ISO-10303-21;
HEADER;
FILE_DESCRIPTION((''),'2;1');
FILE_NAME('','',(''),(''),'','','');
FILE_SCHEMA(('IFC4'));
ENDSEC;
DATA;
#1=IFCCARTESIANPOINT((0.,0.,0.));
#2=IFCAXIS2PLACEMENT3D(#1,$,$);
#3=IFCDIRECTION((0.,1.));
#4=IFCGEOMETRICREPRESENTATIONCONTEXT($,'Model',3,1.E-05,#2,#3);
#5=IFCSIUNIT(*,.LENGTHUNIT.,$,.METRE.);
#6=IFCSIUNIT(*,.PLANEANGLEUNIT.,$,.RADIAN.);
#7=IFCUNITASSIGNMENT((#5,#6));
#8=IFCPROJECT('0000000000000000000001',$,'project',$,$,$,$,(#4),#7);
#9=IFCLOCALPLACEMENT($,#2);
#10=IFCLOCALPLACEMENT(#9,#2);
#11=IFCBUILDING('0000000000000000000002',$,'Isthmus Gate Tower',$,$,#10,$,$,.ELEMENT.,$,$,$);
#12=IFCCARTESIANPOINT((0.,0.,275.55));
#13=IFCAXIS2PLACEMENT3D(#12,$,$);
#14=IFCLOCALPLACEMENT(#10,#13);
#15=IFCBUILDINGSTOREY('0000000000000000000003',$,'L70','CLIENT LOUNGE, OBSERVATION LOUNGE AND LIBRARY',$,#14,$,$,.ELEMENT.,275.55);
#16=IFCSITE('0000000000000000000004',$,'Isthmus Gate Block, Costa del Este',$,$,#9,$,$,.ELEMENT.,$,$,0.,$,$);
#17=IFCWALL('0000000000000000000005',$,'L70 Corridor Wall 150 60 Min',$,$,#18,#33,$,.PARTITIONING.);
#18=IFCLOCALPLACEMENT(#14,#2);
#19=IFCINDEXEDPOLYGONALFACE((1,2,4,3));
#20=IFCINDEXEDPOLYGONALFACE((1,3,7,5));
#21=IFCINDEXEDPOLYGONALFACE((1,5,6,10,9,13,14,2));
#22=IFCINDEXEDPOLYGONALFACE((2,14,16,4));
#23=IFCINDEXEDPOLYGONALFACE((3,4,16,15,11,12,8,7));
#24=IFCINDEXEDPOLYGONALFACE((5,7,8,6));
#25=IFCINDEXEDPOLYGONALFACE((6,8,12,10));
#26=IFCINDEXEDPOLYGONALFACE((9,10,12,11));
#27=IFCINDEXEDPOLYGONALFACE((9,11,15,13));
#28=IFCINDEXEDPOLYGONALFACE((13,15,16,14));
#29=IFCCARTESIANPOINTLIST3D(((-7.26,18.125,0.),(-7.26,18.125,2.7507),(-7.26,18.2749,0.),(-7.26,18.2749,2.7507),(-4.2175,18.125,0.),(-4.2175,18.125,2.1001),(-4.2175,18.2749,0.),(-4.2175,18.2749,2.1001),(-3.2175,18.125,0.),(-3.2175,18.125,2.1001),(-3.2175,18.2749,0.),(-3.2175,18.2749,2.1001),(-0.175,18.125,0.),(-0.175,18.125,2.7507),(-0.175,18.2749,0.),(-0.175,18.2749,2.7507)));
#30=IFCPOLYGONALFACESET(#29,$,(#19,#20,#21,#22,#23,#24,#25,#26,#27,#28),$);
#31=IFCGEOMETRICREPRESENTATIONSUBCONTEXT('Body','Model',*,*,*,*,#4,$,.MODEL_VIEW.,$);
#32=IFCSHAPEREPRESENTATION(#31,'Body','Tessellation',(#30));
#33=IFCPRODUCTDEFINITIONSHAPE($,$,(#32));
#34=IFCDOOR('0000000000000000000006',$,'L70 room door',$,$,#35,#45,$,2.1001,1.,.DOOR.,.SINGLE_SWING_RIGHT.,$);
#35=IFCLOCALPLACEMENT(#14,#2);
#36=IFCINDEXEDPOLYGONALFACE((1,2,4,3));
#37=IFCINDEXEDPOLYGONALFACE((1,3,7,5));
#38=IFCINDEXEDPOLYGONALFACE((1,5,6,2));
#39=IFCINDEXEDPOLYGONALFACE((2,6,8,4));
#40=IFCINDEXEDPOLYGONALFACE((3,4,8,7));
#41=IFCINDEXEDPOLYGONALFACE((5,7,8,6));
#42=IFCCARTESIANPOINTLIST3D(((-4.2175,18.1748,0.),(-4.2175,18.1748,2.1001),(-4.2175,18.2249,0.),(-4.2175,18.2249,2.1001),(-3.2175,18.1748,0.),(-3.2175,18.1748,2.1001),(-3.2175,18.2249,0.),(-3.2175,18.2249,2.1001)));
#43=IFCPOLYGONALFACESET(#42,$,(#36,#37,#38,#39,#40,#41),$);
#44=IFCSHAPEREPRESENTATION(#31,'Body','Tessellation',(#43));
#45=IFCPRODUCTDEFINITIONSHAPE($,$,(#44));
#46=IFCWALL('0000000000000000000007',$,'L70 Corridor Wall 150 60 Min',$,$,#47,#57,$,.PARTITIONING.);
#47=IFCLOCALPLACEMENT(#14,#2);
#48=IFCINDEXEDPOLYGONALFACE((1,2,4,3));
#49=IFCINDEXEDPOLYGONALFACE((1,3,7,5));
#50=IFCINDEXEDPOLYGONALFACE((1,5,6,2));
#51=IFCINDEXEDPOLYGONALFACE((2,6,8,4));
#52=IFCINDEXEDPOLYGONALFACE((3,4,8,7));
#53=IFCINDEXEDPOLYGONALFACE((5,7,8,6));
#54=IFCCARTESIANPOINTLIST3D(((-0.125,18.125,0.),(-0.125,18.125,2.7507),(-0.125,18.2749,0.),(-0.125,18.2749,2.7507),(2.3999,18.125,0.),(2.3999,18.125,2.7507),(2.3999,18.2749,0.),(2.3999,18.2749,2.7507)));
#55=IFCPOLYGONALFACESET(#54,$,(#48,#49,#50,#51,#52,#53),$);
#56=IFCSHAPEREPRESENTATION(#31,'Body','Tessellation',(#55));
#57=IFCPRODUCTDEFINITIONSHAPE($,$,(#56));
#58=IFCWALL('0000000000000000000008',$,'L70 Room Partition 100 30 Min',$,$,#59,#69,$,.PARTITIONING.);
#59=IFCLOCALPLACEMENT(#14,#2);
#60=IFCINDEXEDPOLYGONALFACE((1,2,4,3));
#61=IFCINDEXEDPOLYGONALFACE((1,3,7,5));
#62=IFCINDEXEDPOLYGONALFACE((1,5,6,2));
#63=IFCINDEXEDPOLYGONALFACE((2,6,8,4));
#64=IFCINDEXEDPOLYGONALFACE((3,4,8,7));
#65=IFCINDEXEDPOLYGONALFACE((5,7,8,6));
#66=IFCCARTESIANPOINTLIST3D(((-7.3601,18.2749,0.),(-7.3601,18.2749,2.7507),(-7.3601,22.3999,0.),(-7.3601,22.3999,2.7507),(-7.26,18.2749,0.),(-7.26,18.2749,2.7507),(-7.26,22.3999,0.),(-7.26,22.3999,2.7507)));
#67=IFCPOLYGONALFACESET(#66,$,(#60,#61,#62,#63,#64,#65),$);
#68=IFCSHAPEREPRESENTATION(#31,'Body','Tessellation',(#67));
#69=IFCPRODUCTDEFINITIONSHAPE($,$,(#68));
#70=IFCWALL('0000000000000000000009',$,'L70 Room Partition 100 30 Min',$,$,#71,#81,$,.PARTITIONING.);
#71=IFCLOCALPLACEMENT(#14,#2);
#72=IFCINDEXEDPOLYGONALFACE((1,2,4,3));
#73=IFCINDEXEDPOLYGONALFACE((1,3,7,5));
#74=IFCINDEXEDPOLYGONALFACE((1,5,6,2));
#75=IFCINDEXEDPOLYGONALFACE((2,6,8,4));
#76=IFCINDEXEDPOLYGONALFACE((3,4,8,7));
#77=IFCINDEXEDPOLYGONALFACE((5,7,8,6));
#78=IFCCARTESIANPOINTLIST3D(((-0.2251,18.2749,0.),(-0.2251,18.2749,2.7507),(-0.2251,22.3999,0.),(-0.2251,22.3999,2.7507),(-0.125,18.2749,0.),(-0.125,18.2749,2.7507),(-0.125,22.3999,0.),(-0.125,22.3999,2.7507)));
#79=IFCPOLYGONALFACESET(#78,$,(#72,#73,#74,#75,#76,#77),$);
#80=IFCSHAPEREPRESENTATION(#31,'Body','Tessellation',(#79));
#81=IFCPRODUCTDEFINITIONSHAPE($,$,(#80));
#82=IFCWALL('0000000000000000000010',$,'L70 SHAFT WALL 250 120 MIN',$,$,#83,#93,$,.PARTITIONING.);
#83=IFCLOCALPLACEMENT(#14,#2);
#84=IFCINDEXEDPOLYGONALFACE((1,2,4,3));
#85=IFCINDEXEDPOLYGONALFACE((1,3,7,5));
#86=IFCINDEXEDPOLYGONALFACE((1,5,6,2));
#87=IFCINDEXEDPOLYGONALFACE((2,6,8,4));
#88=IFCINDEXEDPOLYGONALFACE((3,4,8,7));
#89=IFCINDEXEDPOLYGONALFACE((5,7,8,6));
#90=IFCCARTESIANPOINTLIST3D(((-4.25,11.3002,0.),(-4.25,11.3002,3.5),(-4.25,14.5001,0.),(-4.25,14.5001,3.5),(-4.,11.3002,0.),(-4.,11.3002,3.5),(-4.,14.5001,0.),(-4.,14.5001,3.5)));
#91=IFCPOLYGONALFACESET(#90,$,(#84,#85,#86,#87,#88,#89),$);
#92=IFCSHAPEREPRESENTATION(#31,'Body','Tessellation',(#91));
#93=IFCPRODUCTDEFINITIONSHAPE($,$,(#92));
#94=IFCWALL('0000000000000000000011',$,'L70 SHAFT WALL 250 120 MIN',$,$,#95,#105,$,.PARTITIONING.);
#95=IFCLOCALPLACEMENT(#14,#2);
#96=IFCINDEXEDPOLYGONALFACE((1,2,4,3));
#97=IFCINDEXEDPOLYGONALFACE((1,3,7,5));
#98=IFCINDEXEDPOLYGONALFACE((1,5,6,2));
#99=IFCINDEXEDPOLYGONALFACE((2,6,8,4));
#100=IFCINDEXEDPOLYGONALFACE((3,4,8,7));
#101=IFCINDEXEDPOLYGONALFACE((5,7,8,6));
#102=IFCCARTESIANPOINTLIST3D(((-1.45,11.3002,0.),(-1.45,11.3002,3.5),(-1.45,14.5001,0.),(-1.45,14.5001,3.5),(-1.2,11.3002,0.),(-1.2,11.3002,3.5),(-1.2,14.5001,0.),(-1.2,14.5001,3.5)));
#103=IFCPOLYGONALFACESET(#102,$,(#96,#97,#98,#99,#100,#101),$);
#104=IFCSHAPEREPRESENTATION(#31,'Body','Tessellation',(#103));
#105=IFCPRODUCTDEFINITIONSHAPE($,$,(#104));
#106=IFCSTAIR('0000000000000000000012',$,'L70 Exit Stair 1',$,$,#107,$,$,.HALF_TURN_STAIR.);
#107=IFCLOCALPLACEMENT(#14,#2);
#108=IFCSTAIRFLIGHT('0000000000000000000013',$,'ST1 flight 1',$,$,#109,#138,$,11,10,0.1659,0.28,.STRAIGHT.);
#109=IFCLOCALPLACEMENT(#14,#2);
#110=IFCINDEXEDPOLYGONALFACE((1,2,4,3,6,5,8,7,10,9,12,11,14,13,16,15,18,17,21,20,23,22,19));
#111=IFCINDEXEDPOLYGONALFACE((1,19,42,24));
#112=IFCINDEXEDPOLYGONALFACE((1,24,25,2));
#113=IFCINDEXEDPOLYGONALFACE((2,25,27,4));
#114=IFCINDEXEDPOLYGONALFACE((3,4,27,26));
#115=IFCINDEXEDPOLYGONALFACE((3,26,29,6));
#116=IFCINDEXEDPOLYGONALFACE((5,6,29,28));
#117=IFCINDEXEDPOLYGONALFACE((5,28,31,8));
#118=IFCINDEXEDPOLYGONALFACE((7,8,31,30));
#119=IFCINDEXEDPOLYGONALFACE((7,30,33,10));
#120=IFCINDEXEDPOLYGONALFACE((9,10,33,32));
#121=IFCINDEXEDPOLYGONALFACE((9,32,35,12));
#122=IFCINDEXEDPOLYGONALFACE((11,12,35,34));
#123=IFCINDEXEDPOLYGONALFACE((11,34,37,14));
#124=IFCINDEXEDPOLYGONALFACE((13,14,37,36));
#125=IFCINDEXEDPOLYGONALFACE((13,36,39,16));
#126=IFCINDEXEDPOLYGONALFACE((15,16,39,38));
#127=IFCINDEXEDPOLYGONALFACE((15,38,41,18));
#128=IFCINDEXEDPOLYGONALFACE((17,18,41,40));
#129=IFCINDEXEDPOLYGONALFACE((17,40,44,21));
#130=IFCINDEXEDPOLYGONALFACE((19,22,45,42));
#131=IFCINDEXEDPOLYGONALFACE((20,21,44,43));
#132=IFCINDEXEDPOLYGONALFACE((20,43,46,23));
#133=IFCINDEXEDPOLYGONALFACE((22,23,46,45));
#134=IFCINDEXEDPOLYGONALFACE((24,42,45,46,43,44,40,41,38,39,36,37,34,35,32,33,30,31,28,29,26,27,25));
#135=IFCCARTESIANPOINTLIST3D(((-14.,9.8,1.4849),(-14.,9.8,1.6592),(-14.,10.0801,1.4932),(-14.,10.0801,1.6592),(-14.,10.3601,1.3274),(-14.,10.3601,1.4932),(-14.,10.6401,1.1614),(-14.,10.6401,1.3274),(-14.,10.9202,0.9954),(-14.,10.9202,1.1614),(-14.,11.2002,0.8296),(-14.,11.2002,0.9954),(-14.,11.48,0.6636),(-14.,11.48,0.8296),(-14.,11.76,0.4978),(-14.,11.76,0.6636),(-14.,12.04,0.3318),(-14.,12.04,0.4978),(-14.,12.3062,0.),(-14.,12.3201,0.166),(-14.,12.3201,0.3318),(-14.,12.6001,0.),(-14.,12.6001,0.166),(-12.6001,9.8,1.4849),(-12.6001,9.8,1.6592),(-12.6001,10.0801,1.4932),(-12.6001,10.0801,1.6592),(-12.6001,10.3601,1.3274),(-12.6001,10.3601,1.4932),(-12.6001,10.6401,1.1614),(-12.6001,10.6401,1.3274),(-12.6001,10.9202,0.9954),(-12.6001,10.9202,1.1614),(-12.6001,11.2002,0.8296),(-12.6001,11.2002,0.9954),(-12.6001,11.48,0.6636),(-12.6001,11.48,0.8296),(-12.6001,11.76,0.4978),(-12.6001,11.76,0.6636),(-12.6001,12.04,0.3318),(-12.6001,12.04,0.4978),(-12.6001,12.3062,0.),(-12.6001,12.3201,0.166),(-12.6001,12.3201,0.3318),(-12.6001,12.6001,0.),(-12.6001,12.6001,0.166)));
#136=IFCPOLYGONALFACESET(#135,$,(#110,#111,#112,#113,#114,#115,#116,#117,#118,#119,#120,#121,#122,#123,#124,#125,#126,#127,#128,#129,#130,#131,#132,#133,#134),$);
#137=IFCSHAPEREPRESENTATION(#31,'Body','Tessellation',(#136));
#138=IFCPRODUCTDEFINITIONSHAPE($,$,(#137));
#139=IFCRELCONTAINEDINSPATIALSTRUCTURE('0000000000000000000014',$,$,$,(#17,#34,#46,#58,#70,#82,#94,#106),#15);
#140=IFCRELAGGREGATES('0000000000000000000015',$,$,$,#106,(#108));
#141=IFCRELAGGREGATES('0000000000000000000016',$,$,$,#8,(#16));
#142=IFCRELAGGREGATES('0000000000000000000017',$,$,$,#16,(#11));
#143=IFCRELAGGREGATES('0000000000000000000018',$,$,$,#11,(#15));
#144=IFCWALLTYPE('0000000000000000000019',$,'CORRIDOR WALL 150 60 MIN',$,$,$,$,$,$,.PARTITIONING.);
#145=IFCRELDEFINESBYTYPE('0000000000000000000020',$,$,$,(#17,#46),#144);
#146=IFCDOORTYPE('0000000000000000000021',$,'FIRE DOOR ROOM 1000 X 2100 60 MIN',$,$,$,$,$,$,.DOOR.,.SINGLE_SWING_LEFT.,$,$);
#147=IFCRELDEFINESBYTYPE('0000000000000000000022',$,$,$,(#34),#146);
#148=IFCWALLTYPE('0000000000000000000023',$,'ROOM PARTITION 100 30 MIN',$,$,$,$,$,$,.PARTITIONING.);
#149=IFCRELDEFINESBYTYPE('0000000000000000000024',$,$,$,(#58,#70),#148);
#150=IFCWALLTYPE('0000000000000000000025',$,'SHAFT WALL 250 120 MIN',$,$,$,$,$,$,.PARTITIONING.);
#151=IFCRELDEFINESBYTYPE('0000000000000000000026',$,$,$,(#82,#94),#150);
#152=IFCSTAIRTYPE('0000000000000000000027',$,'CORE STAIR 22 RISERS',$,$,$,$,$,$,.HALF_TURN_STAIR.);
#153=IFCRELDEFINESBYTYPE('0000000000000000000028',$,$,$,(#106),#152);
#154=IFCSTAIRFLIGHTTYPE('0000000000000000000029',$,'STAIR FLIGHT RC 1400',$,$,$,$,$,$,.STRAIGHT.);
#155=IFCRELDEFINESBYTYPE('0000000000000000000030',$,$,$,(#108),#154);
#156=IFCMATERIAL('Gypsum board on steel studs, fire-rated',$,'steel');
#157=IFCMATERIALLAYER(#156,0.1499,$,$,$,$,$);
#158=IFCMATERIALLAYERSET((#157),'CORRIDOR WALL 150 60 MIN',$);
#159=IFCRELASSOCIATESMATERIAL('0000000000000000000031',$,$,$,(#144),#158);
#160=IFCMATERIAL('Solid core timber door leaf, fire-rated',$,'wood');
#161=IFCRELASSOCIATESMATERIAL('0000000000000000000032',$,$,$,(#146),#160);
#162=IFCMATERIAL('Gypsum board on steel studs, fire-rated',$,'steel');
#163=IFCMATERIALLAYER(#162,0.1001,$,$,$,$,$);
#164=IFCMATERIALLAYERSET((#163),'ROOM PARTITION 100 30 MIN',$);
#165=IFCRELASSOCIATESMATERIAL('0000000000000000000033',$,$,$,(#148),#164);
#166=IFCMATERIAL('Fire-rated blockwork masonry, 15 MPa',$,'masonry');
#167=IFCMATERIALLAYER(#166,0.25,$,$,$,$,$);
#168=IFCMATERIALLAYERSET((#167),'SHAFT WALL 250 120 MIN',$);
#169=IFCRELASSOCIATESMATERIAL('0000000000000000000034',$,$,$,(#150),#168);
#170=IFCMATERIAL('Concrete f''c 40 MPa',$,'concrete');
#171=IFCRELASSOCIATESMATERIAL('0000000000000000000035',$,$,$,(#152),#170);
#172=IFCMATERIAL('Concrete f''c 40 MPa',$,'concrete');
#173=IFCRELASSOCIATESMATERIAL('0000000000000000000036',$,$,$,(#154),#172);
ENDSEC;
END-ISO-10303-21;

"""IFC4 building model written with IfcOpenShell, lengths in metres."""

from ifc_helpers import new_model, si_unit, direction, frame, frame_2d, origin, place, context, subcontext, project, spatial, polyline, rectangle, outline, extrude, material, layer, layer_set, type_object, element, fill, aggregate, save


model = new_model("IFC4")

# Units and contexts
model_context = context("Model", 3, precision=1e-05, world=origin(), true_north=direction((0.0, 1.0)))
body_context = subcontext(model_context, "Body", "Model", "MODEL_VIEW")
ifc_project = project(units=[si_unit("LENGTHUNIT", "METRE"), si_unit("PLANEANGLEUNIT", "RADIAN")], contexts=[model_context])

# Site, building, storey
site_placement = place(None, origin())
site = spatial("IfcSite", under=ifc_project, at=site_placement, Name="Isthmus Gate Block, Costa del Este", CompositionType="ELEMENT", RefElevation=0.0)
building_placement = place(site_placement, origin())
building = spatial("IfcBuilding", under=site, at=building_placement, Name="Isthmus Gate Tower", CompositionType="ELEMENT")
storey_placement = place(building_placement, frame((0.0, 0.0, 275.55)))
storey = spatial("IfcBuildingStorey", under=building, at=storey_placement, Name="L70", Description="CLIENT LOUNGE, OBSERVATION LOUNGE AND LIBRARY", CompositionType="ELEMENT", Elevation=275.55)

# Wall, opening, door
ifc_material_1 = material(Name="Gypsum board on steel studs, fire-rated", Category="steel")
ifc_layer_1 = layer(ifc_material_1, 0.1499)
ifc_layer_set_1 = layer_set([ifc_layer_1], Name="CORRIDOR WALL 150 60 MIN")
wall_type_1 = type_object("IfcWallType", Name="CORRIDOR WALL 150 60 MIN", PredefinedType="PARTITIONING", material=ifc_layer_set_1)
wall_1_placement = place(storey_placement, frame((-7.26, 18.2, 0.0), z_axis=(0.0, 0.0, 1.0), x_axis=(1.0, 0.0, 0.0)))
wall_1 = element("IfcWall", 1, at=wall_1_placement, inside=storey, type_object=wall_type_1, Name="L70 Corridor Wall 150 60 Min", PredefinedType="PARTITIONING", context=body_context, shape_type="SweptSolid", body=[
    extrude(rectangle(XDim=7.085, YDim=0.1499, at=frame_2d((3.5425, 0.0))), origin(), (0.0, 0.0, 1.0), 2.7507),
])
opening_placement = place(wall_1_placement, frame((3.0425, 0.0, 0.0)))
opening = element("IfcOpeningElement", 2, at=opening_placement, cuts=wall_1, PredefinedType="OPENING", context=body_context, shape_type="SweptSolid", body=[
    extrude(rectangle(XDim=1.0, YDim=2.1001, at=frame_2d((0.5, 1.05))), frame((0.0, 0.085, 0.0), z_axis=(0.0, -1.0, 0.0), x_axis=(1.0, 0.0, 0.0)), (0.0, 0.0, 1.0), 0.1699),
])
ifc_material_2 = material(Name="Solid core timber door leaf, fire-rated", Category="wood")
door_type = type_object("IfcDoorType", Name="FIRE DOOR ROOM 1000 X 2100 60 MIN", OperationType="SINGLE_SWING_LEFT", PredefinedType="DOOR", material=ifc_material_2)
door_placement = place(opening_placement, origin())
door = element("IfcDoor", 3, at=door_placement, inside=storey, type_object=door_type, Name="L70 room door", OperationType="SINGLE_SWING_RIGHT", OverallHeight=2.1001, OverallWidth=1.0, PredefinedType="DOOR", context=body_context, shape_type="SweptSolid", body=[
    extrude(rectangle(XDim=1.0, YDim=2.1001, at=frame_2d((0.5, 1.05))), frame((0.0, 0.0249, 0.0), z_axis=(0.0, -1.0, 0.0), x_axis=(1.0, 0.0, 0.0)), (0.0, 0.0, 1.0), 0.05),
])
fill(opening, door)

# Walls
wall_2_placement = place(storey_placement, frame((-0.125, 18.2, 0.0), z_axis=(0.0, 0.0, 1.0), x_axis=(1.0, 0.0, 0.0)))
element("IfcWall", 4, at=wall_2_placement, inside=storey, type_object=wall_type_1, Name="L70 Corridor Wall 150 60 Min", PredefinedType="PARTITIONING", context=body_context, shape_type="SweptSolid", body=[
    extrude(rectangle(XDim=2.5249, YDim=0.1499, at=frame_2d((1.2625, 0.0))), origin(), (0.0, 0.0, 1.0), 2.7507),
])
ifc_material_3 = material(Name="Gypsum board on steel studs, fire-rated", Category="steel")
ifc_layer_2 = layer(ifc_material_3, 0.1001)
ifc_layer_set_2 = layer_set([ifc_layer_2], Name="ROOM PARTITION 100 30 MIN")
wall_type_2 = type_object("IfcWallType", Name="ROOM PARTITION 100 30 MIN", PredefinedType="PARTITIONING", material=ifc_layer_set_2)
for number, where, z_axis, x_axis, name in (
    (5, (-7.3101, 18.2749, 0.0), (0.0, 0.0, 1.0), (0.0, 1.0, 0.0), "L70 Room Partition 100 30 Min"),
    (6, (-0.175, 18.2749, 0.0), (0.0, 0.0, 1.0), (0.0, 1.0, 0.0), "L70 Room Partition 100 30 Min"),
):
    element("IfcWall", number, at=place(storey_placement, frame(where, z_axis=z_axis, x_axis=x_axis)), inside=storey, type_object=wall_type_2, Name=name, PredefinedType="PARTITIONING", context=body_context, shape_type="SweptSolid", body=[
        extrude(rectangle(XDim=4.125, YDim=0.1001, at=frame_2d((2.0625, 0.0))), origin(), (0.0, 0.0, 1.0), 2.7507),
    ])
ifc_material_4 = material(Name="Fire-rated blockwork masonry, 15 MPa", Category="masonry")
ifc_layer_3 = layer(ifc_material_4, 0.25)
ifc_layer_set_3 = layer_set([ifc_layer_3], Name="SHAFT WALL 250 120 MIN")
wall_type_3 = type_object("IfcWallType", Name="SHAFT WALL 250 120 MIN", PredefinedType="PARTITIONING", material=ifc_layer_set_3)
for number, where, z_axis, x_axis, name in (
    (7, (-4.125, 11.3, 0.0), (0.0, 0.0, 1.0), (0.0, 1.0, 0.0), "L70 SHAFT WALL 250 120 MIN"),
    (8, (-1.325, 11.3, 0.0), (0.0, 0.0, 1.0), (0.0, 1.0, 0.0), "L70 SHAFT WALL 250 120 MIN"),
):
    element("IfcWall", number, at=place(storey_placement, frame(where, z_axis=z_axis, x_axis=x_axis)), inside=storey, type_object=wall_type_3, Name=name, PredefinedType="PARTITIONING", context=body_context, shape_type="SweptSolid", body=[
        extrude(rectangle(XDim=3.2, YDim=0.25, at=frame_2d((1.6001, 0.0))), origin(), (0.0, 0.0, 1.0), 3.5),
    ])

# Stair, stair flight
ifc_material_5 = material(Name="Concrete f'c 40 MPa", Category="concrete")
stair_type = type_object("IfcStairType", Name="CORE STAIR 22 RISERS", PredefinedType="HALF_TURN_STAIR", material=ifc_material_5)
stair_placement = place(storey_placement, origin())
stair = element("IfcStair", 9, at=stair_placement, inside=storey, type_object=stair_type, Name="L70 Exit Stair 1", PredefinedType="HALF_TURN_STAIR")
ifc_material_6 = material(Name="Concrete f'c 40 MPa", Category="concrete")
stair_flight_type = type_object("IfcStairFlightType", Name="STAIR FLIGHT RC 1400", PredefinedType="STRAIGHT", material=ifc_material_6)
stair_flight_placement = place(storey_placement, frame((-13.3, 12.6001, 0.0), z_axis=(0.0, 0.0, 1.0), x_axis=(0.0, -1.0, 0.0)))
stair_flight = element("IfcStairFlight", 10, at=stair_flight_placement, type_object=stair_flight_type, Name="ST1 flight 1", NumberOfRisers=11, NumberOfTreads=10, PredefinedType="STRAIGHT", RiserHeight=0.1659, TreadLength=0.28, context=body_context, shape_type="SweptSolid", body=[
    extrude(outline(polyline([(0.0, 0.0), (0.0, 0.166), (0.28, 0.166), (0.28, 0.3318), (0.5601, 0.3318), (0.5601, 0.4978), (0.8401, 0.4978), (0.8401, 0.6636), (1.1201, 0.6636), (1.1201, 0.8296), (1.3999, 0.8296), (1.3999, 0.9954), (1.6799, 0.9954), (1.6799, 1.1614), (1.96, 1.1614), (1.96, 1.3274), (2.24, 1.3274), (2.24, 1.4932), (2.52, 1.4932), (2.52, 1.6592), (2.8, 1.6592), (2.8, 1.825), (2.8, 1.4849), (0.2939, 0.0), (0.0, 0.0)])), frame((0.0, 0.7, 0.0), z_axis=(0.0, -1.0, 0.0), x_axis=(1.0, 0.0, 0.0)), (0.0, 0.0, 1.0), 1.3999),
])
aggregate(stair, [stair_flight])

save(model, "model.ifc")
